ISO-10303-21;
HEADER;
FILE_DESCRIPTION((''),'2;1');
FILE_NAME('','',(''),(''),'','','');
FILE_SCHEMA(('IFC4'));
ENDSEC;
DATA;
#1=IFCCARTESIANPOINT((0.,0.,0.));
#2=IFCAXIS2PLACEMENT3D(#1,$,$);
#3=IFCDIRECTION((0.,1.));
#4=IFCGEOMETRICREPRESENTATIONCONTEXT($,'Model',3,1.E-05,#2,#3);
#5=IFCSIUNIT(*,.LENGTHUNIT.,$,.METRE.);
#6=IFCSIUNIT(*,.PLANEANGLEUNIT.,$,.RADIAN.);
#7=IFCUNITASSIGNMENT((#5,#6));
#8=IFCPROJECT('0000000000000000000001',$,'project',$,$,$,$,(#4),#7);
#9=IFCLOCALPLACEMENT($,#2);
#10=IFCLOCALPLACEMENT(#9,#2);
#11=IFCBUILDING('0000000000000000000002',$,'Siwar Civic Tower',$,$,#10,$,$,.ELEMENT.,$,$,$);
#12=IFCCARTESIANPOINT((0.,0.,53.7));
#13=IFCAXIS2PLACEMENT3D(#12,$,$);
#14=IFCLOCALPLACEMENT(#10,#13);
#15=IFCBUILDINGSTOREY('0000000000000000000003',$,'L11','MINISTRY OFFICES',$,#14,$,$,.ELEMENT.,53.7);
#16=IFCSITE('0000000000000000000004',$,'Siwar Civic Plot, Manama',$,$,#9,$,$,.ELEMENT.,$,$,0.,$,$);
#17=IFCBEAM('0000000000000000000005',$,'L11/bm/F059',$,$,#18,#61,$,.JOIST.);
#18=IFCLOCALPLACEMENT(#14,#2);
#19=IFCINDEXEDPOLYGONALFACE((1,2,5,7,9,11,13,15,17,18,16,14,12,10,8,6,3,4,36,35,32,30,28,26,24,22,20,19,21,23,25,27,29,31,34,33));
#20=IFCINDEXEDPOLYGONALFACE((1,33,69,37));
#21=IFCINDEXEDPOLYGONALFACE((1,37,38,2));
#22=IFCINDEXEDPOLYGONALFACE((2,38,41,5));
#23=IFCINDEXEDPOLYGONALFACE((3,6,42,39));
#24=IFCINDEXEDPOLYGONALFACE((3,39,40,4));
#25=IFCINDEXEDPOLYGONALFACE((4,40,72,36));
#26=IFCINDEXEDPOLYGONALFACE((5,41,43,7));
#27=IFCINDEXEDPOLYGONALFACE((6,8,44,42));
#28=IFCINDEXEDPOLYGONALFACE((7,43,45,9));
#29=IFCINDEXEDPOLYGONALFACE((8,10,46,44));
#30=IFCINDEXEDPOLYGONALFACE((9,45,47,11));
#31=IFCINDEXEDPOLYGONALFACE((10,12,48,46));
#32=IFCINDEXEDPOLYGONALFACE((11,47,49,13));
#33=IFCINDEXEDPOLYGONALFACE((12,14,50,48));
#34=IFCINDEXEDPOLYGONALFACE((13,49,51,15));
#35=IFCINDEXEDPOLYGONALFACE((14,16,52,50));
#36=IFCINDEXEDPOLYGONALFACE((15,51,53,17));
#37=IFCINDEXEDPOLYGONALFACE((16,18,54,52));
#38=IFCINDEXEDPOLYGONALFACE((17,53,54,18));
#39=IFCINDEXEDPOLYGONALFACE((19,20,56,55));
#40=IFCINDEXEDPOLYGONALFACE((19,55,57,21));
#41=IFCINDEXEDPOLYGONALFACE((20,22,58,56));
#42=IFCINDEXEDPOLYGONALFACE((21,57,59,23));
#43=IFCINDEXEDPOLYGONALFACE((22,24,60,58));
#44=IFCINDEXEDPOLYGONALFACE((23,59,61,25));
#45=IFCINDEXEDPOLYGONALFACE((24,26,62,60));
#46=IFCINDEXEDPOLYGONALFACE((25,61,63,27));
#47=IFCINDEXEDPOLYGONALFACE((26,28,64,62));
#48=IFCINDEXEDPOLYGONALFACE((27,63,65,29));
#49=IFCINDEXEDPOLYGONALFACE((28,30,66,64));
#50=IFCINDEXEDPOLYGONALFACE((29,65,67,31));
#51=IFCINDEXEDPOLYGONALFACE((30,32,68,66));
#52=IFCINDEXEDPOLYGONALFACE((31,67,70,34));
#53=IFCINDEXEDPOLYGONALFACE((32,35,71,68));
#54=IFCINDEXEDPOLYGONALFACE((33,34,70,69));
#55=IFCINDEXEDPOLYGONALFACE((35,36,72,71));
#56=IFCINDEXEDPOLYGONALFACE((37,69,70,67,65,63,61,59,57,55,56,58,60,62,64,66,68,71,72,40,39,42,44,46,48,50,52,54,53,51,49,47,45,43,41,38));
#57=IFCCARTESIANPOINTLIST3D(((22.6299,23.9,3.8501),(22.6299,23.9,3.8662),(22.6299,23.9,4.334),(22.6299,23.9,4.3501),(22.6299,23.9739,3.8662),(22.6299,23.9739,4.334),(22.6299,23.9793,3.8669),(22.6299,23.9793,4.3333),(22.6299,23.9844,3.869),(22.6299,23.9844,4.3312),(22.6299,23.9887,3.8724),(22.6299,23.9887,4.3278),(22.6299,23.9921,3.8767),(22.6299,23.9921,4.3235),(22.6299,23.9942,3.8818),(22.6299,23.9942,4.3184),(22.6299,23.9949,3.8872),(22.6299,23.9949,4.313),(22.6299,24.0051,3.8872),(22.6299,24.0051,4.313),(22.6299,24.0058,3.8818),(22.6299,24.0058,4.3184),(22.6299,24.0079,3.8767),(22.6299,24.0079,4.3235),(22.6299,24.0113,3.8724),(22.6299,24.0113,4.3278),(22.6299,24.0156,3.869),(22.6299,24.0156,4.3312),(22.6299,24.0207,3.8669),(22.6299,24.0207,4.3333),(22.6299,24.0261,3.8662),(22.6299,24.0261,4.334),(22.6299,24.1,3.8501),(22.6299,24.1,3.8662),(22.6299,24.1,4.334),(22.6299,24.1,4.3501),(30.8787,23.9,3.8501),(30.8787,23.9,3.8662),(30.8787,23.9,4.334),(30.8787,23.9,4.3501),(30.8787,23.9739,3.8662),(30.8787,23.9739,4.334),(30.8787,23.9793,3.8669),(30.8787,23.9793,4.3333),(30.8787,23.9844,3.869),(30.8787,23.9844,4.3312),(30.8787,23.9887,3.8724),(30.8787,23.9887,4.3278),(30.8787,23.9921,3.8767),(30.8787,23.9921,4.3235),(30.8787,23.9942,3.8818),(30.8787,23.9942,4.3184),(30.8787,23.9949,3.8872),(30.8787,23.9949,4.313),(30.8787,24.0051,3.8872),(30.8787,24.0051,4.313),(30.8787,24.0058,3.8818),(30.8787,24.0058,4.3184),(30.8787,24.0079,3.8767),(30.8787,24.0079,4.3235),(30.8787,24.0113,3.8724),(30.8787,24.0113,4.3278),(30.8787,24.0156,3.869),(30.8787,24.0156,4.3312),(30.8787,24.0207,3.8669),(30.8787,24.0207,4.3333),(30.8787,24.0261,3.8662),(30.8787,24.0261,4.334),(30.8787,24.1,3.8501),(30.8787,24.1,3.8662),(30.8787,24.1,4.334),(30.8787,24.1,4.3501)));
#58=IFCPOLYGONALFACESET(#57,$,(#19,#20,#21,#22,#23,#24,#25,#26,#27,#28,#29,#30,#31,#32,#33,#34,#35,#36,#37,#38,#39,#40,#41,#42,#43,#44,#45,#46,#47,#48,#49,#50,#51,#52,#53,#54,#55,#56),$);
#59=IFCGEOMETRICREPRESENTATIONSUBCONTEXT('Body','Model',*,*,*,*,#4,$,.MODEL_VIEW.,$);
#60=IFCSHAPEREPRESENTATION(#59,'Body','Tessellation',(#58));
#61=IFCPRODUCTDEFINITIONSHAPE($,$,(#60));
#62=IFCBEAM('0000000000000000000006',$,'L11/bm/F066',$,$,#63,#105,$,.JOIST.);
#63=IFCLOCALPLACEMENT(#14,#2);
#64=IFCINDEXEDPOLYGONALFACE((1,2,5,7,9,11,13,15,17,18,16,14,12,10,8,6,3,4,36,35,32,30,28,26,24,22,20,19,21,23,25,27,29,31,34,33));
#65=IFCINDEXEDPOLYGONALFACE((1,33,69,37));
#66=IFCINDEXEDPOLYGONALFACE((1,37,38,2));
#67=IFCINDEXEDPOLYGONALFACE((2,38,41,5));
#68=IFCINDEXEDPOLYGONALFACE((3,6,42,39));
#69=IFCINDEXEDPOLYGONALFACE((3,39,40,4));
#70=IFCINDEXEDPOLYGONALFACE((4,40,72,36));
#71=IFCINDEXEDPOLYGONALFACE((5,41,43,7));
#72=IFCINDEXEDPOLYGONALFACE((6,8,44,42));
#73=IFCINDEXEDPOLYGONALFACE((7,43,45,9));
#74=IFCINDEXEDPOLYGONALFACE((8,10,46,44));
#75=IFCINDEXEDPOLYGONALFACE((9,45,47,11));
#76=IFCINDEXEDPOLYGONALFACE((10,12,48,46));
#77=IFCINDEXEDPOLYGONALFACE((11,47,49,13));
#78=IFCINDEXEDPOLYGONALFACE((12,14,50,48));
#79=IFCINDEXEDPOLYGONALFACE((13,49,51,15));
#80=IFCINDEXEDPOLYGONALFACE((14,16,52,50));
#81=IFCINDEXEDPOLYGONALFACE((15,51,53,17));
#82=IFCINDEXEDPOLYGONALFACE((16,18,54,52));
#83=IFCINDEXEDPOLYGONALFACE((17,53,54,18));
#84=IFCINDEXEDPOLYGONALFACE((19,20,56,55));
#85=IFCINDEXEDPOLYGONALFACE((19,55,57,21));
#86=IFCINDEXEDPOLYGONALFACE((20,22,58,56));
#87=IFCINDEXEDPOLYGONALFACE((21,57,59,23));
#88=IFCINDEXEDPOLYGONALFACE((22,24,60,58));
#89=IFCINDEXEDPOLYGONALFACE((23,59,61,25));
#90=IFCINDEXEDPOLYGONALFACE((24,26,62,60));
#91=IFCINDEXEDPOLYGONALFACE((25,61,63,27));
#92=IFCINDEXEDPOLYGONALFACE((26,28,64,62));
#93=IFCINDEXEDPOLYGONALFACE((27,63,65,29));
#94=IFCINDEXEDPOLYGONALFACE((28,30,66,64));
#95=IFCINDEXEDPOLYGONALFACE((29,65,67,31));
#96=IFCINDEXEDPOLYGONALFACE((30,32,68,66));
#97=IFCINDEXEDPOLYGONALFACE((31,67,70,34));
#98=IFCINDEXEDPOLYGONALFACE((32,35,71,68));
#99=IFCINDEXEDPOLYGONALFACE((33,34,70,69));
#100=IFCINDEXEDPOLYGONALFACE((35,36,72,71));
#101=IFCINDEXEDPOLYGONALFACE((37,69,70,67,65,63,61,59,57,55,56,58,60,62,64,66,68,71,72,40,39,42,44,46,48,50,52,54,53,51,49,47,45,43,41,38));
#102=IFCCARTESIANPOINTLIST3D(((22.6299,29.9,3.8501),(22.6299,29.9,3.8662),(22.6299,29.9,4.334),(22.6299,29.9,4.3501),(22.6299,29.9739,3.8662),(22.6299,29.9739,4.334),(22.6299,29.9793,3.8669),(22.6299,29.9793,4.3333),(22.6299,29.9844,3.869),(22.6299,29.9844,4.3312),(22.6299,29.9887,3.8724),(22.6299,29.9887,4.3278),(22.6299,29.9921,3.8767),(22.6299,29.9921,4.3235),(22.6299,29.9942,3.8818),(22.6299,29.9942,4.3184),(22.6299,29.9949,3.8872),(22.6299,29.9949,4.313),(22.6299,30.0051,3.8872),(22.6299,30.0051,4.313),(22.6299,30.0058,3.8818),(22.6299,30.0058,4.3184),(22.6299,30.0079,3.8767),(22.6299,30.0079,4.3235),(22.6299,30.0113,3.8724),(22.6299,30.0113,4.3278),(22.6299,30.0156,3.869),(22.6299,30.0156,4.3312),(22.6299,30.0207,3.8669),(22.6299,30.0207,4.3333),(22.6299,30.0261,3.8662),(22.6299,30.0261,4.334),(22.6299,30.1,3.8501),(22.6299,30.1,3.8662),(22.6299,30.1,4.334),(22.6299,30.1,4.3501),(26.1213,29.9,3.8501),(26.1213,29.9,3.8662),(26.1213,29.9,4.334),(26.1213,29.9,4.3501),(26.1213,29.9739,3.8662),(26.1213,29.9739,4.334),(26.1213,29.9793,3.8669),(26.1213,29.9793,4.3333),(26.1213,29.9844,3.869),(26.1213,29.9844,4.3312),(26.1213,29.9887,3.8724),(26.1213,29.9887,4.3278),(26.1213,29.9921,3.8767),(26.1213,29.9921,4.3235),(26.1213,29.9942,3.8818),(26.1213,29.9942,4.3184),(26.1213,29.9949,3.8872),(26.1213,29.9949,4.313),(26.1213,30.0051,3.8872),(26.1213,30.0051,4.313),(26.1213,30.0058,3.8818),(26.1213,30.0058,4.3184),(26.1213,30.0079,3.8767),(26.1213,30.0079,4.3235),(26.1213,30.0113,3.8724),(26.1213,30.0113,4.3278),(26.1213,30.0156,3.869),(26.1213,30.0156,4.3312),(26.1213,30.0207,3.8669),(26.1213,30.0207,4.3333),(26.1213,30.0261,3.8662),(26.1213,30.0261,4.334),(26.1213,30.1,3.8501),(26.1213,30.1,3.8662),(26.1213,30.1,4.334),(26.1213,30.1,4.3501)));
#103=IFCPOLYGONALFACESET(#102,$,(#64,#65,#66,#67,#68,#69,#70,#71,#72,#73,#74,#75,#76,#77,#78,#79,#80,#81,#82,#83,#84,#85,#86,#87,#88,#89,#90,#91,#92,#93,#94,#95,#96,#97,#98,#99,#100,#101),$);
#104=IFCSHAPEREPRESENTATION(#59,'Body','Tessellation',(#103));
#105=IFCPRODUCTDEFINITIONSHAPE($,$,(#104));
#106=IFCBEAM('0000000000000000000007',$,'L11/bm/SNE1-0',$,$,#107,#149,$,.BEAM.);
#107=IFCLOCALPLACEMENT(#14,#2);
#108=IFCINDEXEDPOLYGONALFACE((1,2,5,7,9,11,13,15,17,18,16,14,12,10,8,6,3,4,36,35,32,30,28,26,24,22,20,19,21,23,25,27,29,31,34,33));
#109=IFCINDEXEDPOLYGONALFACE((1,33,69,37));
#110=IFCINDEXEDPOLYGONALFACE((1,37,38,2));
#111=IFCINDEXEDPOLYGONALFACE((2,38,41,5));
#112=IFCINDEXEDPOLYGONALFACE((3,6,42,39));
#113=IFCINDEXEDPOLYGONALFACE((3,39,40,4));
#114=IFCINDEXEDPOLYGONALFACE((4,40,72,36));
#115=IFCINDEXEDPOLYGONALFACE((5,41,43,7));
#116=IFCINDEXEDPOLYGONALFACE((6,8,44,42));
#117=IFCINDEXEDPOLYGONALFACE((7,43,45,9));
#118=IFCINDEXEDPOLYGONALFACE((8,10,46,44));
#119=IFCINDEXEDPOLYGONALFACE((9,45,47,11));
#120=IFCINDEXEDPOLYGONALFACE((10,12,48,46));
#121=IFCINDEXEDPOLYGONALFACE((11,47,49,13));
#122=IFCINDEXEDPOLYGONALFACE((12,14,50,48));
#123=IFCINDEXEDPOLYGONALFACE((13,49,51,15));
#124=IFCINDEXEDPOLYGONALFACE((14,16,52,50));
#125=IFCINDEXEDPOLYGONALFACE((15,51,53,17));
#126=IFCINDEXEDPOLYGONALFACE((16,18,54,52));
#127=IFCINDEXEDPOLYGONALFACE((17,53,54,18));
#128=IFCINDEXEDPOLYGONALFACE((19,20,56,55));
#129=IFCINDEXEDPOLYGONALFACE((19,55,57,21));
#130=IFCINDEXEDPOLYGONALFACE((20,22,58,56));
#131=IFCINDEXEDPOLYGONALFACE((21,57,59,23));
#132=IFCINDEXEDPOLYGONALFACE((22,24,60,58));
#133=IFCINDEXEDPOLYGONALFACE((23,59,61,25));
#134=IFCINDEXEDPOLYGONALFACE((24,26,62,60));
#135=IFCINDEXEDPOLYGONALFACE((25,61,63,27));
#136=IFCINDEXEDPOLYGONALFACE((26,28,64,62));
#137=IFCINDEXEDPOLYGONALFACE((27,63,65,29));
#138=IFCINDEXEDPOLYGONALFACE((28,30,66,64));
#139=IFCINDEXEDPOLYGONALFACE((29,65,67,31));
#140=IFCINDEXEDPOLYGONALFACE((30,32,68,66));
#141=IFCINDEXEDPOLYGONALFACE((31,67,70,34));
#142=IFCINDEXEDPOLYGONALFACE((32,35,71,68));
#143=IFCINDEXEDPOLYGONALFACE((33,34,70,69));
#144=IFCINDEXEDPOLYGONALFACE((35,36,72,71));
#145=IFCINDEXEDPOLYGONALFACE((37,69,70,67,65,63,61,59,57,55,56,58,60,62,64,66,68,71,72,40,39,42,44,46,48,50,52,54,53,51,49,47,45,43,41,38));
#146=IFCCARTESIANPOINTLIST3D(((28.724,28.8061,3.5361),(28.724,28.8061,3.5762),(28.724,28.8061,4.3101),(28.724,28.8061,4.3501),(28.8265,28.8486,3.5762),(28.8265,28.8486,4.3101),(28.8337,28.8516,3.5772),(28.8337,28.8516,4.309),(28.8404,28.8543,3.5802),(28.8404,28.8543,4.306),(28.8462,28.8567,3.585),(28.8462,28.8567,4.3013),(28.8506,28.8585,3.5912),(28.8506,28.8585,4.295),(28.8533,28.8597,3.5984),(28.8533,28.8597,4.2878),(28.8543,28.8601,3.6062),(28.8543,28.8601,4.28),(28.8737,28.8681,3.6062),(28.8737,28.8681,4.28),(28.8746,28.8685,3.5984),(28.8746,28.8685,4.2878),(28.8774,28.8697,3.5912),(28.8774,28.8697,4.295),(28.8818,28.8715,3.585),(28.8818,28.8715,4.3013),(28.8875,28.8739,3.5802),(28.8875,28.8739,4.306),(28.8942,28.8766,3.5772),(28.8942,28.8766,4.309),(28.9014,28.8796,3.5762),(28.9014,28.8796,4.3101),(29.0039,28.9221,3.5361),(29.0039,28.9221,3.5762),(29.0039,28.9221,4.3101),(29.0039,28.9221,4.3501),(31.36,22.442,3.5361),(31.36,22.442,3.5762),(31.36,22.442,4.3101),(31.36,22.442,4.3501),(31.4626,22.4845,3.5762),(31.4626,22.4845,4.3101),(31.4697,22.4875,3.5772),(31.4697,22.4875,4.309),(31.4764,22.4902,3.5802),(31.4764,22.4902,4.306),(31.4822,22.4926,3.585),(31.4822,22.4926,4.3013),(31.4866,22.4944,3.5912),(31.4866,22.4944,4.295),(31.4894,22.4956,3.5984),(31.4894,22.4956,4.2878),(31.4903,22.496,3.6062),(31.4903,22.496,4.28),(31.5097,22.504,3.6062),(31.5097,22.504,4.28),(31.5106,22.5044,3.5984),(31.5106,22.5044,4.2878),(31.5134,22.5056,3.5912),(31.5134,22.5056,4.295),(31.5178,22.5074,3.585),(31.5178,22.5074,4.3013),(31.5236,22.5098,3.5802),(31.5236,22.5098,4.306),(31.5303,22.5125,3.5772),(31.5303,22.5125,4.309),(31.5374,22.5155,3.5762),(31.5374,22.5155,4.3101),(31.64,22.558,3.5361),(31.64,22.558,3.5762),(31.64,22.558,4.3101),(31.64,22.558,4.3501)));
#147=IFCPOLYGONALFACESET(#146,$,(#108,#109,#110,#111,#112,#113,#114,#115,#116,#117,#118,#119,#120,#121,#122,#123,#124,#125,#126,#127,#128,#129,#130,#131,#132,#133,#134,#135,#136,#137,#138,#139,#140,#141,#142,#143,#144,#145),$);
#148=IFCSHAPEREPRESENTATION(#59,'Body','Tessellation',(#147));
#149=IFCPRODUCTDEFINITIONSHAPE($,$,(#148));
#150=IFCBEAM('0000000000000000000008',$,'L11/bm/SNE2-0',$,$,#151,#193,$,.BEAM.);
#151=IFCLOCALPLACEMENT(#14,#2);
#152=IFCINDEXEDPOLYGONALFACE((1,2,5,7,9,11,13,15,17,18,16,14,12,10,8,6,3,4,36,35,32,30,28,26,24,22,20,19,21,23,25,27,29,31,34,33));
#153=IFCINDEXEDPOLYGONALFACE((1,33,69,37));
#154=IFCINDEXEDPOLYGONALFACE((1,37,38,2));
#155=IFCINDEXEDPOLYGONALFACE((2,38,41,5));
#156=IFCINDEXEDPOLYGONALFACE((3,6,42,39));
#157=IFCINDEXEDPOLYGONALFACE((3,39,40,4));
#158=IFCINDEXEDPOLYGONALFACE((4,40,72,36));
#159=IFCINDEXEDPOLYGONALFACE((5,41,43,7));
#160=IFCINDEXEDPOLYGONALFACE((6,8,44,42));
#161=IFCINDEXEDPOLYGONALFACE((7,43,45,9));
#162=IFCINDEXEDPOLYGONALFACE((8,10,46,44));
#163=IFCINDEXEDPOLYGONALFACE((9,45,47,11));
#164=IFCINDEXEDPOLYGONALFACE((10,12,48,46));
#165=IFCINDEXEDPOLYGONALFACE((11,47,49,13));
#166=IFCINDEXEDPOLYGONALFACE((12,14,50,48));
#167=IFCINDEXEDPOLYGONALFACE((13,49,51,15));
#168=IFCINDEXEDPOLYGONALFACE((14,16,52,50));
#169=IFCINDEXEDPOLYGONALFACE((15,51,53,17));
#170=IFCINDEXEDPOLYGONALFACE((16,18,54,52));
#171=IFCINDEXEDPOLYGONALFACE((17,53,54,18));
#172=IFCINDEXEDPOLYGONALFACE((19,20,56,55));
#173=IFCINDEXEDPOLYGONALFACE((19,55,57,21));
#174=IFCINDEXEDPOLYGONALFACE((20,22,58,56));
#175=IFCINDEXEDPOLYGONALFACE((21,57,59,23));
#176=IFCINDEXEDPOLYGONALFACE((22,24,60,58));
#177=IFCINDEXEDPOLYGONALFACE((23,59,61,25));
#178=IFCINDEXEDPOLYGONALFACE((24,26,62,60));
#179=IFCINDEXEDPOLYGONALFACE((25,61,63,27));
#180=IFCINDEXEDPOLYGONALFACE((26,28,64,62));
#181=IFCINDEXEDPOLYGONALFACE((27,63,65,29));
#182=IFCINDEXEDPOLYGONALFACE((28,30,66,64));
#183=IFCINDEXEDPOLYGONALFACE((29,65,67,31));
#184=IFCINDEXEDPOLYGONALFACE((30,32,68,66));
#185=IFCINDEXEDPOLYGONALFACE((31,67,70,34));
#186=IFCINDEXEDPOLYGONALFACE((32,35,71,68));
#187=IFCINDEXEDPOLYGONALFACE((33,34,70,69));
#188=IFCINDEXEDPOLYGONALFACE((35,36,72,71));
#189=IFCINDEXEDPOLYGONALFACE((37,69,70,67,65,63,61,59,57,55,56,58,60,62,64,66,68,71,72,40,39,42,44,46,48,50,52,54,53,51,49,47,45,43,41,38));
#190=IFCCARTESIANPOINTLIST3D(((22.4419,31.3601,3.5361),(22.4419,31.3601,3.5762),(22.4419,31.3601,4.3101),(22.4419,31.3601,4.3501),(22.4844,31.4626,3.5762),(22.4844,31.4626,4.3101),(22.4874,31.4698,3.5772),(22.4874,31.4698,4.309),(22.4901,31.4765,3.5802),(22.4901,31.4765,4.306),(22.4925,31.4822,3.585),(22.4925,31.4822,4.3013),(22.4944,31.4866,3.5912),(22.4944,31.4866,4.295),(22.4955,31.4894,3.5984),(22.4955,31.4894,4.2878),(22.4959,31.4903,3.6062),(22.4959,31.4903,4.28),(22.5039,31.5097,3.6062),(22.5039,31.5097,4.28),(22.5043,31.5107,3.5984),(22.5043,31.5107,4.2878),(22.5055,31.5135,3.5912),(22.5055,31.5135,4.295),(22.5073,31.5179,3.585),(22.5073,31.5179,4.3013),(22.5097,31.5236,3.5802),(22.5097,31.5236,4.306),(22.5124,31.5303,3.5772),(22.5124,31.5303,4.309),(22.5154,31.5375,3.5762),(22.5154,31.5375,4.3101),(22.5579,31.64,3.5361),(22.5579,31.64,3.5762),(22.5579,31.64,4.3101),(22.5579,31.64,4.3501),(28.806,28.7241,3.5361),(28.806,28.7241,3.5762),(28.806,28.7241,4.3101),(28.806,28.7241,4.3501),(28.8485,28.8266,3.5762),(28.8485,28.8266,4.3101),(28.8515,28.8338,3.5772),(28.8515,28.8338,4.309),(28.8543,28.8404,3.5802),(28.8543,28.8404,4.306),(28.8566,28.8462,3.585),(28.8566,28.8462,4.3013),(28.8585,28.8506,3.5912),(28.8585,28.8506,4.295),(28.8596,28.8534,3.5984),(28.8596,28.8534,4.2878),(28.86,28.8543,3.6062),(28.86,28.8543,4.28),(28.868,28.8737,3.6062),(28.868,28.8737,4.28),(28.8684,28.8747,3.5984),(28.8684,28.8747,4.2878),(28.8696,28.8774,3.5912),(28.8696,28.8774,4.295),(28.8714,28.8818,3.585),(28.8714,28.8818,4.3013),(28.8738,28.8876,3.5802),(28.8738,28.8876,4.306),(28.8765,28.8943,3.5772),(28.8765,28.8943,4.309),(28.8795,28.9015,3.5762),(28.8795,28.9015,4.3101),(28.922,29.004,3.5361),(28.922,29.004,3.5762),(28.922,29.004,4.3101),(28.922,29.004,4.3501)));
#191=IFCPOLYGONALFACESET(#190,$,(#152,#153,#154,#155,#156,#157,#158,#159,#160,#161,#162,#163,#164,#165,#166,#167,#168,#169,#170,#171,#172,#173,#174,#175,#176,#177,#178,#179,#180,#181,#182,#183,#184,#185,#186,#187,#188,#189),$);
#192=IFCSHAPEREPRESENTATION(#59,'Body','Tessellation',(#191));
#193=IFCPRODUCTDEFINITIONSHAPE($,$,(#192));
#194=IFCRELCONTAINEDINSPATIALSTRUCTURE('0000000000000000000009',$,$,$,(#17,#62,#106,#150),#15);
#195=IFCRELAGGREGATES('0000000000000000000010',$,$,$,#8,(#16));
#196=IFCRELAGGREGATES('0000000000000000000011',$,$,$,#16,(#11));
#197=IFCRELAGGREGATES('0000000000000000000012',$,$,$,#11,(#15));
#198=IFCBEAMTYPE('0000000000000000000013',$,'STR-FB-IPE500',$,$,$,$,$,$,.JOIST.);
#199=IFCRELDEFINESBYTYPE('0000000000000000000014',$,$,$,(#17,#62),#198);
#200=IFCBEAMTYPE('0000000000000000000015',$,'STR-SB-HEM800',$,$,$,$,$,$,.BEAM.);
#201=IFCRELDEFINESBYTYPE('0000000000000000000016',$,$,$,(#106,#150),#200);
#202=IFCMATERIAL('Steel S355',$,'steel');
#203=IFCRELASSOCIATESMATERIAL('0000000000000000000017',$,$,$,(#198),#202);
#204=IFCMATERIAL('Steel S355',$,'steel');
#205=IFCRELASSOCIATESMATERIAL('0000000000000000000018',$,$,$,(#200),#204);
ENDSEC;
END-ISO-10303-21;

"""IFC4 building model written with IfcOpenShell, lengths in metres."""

from ifc_helpers import new_model, si_unit, direction, frame, origin, origin_2d, place, context, subcontext, project, spatial, i_section, extrude, material, material_profile, profile_set, type_object, element, save


model = new_model("IFC4")

# Units and contexts
model_context = context("Model", 3, precision=1e-05, world=origin(), true_north=direction((0.0, 1.0)))
body_context = subcontext(model_context, "Body", "Model", "MODEL_VIEW")
ifc_project = project(units=[si_unit("LENGTHUNIT", "METRE"), si_unit("PLANEANGLEUNIT", "RADIAN")], contexts=[model_context])

# Site, building, storey
site_placement = place(None, origin())
site = spatial("IfcSite", under=ifc_project, at=site_placement, Name="Siwar Civic Plot, Manama", CompositionType="ELEMENT", RefElevation=0.0)
building_placement = place(site_placement, origin())
building = spatial("IfcBuilding", under=site, at=building_placement, Name="Siwar Civic Tower", CompositionType="ELEMENT")
storey_placement = place(building_placement, frame((0.0, 0.0, 53.7)))
storey = spatial("IfcBuildingStorey", under=building, at=storey_placement, Name="L11", Description="MINISTRY OFFICES", CompositionType="ELEMENT", Elevation=53.7)

# Beams
ifc_material_1 = material(Name="Steel S355", Category="steel")
ifc_material_profile_1 = material_profile(ifc_material_1, i_section(OverallWidth=0.2, OverallDepth=0.5, WebThickness=0.0103, FlangeThickness=0.0161, FilletRadius=0.021, at=origin_2d()), Name="IPE500")
ifc_profile_set_1 = profile_set([ifc_material_profile_1], Name="Steel S355")
beam_type_1 = type_object("IfcBeamType", Name="STR-FB-IPE500", PredefinedType="JOIST", material=ifc_profile_set_1)
beam_1_placement = place(storey_placement, frame((22.6299, 24.0, 4.1001), z_axis=(1.0, 0.0, 0.0), x_axis=(0.0, 1.0, 0.0)))
element("IfcBeam", 1, at=beam_1_placement, inside=storey, type_object=beam_type_1, Name="L11/bm/F059", PredefinedType="JOIST", context=body_context, shape_type="SweptSolid", body=[
    extrude(i_section(OverallWidth=0.2, OverallDepth=0.5, WebThickness=0.0103, FlangeThickness=0.0161, FilletRadius=0.021, at=origin_2d()), origin(), (0.0, 0.0, 1.0), 8.2488),
])
beam_2_placement = place(storey_placement, frame((22.6299, 30.0, 4.1001), z_axis=(1.0, 0.0, 0.0), x_axis=(0.0, 1.0, 0.0)))
element("IfcBeam", 2, at=beam_2_placement, inside=storey, type_object=beam_type_1, Name="L11/bm/F066", PredefinedType="JOIST", context=body_context, shape_type="SweptSolid", body=[
    extrude(i_section(OverallWidth=0.2, OverallDepth=0.5, WebThickness=0.0103, FlangeThickness=0.0161, FilletRadius=0.021, at=origin_2d()), origin(), (0.0, 0.0, 1.0), 3.4915),
])
ifc_material_2 = material(Name="Steel S355", Category="steel")
ifc_material_profile_2 = material_profile(ifc_material_2, i_section(OverallWidth=0.303, OverallDepth=0.814, WebThickness=0.021, FlangeThickness=0.04, FilletRadius=0.03, at=origin_2d()), Name="HEM800")
ifc_profile_set_2 = profile_set([ifc_material_profile_2], Name="Steel S355")
beam_type_2 = type_object("IfcBeamType", Name="STR-SB-HEM800", PredefinedType="BEAM", material=ifc_profile_set_2)
for number, where, z_axis, x_axis, name in (
    (3, (31.5, 22.5, 3.9431), (-0.382674, 0.923883, 0.0), (-0.923883, -0.382674, 0.0), "L11/bm/SNE1-0"),
    (4, (28.864, 28.864, 3.9431), (-0.923883, 0.382674, 0.0), (-0.382674, -0.923883, 0.0), "L11/bm/SNE2-0"),
):
    element("IfcBeam", number, at=place(storey_placement, frame(where, z_axis=z_axis, x_axis=x_axis)), inside=storey, type_object=beam_type_2, Name=name, PredefinedType="BEAM", context=body_context, shape_type="SweptSolid", body=[
        extrude(i_section(OverallWidth=0.303, OverallDepth=0.814, WebThickness=0.021, FlangeThickness=0.04, FilletRadius=0.03, at=origin_2d()), origin(), (0.0, 0.0, 1.0), 6.8884),
    ])

save(model, "model.ifc")
